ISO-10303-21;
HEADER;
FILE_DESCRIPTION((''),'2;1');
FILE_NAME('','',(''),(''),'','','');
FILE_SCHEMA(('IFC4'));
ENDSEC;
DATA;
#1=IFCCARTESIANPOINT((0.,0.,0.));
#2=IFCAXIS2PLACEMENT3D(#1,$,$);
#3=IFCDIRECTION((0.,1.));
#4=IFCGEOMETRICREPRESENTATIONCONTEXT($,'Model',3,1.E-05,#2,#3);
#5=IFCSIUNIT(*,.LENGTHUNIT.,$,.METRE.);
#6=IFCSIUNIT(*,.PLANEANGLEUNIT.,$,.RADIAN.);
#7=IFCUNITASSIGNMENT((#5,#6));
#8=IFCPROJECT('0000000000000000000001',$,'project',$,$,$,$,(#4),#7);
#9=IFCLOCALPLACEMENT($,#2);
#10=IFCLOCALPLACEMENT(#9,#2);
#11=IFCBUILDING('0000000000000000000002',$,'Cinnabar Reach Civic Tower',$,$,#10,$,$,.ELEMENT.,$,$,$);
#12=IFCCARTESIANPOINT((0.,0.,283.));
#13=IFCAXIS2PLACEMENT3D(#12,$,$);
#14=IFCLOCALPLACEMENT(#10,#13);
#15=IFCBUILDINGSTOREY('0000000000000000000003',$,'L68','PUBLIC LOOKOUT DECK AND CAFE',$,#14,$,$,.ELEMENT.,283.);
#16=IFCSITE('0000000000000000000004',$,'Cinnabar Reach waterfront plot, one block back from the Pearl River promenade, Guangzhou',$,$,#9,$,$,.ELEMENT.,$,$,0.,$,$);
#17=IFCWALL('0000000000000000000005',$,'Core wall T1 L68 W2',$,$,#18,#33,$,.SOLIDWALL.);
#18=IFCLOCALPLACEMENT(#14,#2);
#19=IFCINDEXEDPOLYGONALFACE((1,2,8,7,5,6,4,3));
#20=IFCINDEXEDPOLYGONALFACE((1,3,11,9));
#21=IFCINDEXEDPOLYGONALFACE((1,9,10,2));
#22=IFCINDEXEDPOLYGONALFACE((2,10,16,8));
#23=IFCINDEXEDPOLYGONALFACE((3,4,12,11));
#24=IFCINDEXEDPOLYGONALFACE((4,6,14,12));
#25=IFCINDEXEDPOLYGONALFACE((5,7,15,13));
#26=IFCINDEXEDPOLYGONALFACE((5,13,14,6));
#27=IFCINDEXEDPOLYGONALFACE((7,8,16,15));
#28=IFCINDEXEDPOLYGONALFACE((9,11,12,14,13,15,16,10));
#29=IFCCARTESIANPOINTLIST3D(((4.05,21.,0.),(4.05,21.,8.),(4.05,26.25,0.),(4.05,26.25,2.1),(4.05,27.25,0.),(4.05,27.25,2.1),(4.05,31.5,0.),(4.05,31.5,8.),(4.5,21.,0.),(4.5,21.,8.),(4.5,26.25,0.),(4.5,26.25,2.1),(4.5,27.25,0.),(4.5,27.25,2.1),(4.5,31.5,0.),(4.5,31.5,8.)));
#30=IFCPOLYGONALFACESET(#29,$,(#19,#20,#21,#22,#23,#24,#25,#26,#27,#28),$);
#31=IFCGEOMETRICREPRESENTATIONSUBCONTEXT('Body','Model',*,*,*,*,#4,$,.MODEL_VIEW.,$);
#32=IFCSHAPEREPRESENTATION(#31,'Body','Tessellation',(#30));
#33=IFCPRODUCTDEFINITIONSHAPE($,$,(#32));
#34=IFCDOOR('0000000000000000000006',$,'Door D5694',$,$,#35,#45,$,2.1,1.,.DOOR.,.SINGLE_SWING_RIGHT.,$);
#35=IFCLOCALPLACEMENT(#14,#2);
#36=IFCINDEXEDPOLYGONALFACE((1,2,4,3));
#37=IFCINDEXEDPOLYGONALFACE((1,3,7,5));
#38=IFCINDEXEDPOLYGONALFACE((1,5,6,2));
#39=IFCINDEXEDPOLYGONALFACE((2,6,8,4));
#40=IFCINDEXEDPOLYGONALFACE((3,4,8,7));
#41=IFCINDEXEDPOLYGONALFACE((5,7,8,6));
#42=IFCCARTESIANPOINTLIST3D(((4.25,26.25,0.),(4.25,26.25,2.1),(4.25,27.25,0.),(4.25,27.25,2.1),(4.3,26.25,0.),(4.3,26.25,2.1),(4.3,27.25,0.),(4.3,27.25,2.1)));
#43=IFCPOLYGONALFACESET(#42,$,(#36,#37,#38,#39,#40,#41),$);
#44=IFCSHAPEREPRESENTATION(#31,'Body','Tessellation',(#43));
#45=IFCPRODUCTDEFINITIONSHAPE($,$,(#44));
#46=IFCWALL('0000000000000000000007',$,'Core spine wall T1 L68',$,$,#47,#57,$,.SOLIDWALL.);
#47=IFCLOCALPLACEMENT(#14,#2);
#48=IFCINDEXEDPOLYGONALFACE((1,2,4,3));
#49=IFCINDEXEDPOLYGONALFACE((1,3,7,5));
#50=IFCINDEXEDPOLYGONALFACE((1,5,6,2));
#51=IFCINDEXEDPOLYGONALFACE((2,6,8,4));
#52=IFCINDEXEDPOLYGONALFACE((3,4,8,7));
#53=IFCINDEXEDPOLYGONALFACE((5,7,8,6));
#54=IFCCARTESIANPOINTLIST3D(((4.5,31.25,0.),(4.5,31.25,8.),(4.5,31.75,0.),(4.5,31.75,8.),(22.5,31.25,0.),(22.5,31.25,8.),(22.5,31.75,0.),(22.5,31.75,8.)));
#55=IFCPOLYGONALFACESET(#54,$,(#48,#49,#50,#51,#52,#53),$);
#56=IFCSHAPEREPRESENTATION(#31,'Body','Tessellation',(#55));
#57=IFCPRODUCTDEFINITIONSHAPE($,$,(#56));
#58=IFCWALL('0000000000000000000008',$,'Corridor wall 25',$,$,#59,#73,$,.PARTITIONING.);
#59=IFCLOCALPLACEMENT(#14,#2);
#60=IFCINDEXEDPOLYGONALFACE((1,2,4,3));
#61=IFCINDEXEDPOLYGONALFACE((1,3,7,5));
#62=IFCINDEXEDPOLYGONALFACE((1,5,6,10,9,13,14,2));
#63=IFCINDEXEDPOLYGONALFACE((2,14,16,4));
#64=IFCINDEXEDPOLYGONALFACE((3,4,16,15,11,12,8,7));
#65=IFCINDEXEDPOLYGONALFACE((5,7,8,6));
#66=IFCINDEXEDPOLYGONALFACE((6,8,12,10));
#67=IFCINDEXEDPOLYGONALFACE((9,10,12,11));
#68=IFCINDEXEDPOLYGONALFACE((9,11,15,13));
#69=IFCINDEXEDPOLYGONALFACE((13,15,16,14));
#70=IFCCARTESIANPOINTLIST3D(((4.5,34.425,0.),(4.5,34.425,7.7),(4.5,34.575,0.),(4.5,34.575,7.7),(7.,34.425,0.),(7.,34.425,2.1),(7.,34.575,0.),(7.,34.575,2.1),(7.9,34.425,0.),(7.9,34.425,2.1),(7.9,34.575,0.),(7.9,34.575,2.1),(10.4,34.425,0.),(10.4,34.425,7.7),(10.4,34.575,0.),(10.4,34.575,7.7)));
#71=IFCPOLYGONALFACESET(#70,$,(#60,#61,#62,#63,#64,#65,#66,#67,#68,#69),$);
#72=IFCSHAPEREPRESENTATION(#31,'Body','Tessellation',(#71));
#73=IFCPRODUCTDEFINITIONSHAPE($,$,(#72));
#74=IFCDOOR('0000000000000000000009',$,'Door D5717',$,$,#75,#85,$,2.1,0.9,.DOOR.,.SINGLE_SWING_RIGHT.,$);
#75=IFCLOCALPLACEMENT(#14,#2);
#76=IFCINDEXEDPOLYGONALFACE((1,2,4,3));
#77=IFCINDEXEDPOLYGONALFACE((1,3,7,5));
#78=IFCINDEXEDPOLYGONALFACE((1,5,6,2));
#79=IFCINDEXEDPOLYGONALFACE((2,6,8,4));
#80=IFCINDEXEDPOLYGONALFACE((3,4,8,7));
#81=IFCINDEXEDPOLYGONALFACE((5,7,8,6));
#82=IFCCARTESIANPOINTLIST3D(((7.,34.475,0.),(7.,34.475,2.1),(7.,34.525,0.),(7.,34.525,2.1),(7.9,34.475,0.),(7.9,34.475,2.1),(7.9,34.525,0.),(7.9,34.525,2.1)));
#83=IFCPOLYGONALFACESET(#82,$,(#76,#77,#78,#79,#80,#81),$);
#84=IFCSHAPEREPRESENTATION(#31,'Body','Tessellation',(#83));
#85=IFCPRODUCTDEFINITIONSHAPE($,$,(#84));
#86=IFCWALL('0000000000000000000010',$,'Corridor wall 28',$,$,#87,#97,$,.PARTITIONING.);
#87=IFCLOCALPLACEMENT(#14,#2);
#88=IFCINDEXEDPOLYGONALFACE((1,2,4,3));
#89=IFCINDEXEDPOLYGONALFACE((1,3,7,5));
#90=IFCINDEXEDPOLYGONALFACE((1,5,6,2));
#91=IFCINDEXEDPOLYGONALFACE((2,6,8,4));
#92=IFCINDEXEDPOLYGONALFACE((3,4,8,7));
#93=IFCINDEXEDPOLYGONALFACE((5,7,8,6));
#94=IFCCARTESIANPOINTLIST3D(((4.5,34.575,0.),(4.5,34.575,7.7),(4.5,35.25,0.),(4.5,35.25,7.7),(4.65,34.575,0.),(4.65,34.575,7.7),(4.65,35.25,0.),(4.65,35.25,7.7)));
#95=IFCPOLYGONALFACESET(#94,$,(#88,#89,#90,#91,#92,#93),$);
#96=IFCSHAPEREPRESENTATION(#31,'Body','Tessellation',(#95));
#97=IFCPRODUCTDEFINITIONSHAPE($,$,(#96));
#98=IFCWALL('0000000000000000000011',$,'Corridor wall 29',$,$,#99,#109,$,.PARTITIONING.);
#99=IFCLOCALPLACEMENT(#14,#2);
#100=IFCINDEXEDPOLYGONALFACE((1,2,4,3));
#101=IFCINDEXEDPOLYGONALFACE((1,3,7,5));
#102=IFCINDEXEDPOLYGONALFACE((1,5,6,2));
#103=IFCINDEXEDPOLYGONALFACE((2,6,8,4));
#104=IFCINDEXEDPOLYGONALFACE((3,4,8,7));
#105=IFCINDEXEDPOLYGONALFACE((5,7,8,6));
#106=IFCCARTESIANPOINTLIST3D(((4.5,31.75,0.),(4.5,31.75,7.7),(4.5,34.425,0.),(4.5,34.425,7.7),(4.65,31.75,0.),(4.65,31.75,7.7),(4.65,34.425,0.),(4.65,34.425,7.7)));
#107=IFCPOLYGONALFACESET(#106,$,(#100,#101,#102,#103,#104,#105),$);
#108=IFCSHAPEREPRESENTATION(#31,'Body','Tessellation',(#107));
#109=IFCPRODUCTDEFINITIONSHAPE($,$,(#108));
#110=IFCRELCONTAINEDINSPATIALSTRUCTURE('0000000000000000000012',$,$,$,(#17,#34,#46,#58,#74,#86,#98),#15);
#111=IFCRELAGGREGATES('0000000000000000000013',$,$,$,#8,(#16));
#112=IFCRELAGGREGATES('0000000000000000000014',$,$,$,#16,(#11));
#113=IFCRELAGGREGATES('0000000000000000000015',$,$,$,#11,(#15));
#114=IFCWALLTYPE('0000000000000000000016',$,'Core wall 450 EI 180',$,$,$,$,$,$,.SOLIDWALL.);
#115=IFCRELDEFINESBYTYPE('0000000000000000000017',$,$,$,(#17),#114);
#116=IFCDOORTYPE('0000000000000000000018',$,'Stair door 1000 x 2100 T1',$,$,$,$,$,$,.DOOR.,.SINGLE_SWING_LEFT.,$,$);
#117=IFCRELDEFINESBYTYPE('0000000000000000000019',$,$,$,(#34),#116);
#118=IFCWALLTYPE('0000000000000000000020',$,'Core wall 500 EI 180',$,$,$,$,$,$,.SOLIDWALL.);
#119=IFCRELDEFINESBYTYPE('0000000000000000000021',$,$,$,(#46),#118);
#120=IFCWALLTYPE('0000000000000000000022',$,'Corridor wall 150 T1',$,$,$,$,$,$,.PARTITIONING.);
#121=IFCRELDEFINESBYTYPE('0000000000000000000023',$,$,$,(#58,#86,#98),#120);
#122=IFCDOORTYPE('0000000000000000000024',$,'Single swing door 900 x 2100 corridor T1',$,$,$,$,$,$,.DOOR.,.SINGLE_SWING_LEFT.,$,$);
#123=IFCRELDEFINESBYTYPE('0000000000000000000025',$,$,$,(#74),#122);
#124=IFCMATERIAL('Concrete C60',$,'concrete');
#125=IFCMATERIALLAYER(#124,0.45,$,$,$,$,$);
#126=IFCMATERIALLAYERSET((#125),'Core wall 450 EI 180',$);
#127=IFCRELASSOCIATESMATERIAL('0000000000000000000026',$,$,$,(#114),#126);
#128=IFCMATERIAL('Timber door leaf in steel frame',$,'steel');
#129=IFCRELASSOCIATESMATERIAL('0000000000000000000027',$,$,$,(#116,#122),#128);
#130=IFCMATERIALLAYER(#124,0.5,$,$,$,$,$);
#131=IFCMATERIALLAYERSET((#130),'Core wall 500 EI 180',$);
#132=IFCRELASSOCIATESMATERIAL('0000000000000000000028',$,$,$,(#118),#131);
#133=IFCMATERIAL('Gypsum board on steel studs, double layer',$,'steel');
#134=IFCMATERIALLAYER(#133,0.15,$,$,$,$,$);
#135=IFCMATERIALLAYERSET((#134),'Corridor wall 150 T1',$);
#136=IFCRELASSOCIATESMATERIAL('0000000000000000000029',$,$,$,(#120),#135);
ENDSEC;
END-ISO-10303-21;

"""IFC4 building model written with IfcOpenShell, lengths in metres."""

from ifc_helpers import new_model, si_unit, direction, frame, frame_2d, origin, place, context, subcontext, project, spatial, rectangle, extrude, material, layer, layer_set, type_object, element, fill, save


model = new_model("IFC4")

# Units and contexts
model_context = context("Model", 3, precision=1e-05, world=origin(), true_north=direction((0.0, 1.0)))
body_context = subcontext(model_context, "Body", "Model", "MODEL_VIEW")
ifc_project = project(units=[si_unit("LENGTHUNIT", "METRE"), si_unit("PLANEANGLEUNIT", "RADIAN")], contexts=[model_context])

# Site, building, storey
site_placement = place(None, origin())
site = spatial("IfcSite", under=ifc_project, at=site_placement, Name="Cinnabar Reach waterfront plot, one block back from the Pearl River promenade, Guangzhou", CompositionType="ELEMENT", RefElevation=0.0)
building_placement = place(site_placement, origin())
building = spatial("IfcBuilding", under=site, at=building_placement, Name="Cinnabar Reach Civic Tower", CompositionType="ELEMENT")
storey_placement = place(building_placement, frame((0.0, 0.0, 283.0)))
storey = spatial("IfcBuildingStorey", under=building, at=storey_placement, Name="L68", Description="PUBLIC LOOKOUT DECK AND CAFE", CompositionType="ELEMENT", Elevation=283.0)

# Wall, opening, door
ifc_material_1 = material(Name="Concrete C60", Category="concrete")
ifc_layer_1 = layer(ifc_material_1, 0.45)
ifc_layer_set_1 = layer_set([ifc_layer_1], Name="Core wall 450 EI 180")
wall_type_1 = type_object("IfcWallType", Name="Core wall 450 EI 180", PredefinedType="SOLIDWALL", material=ifc_layer_set_1)
wall_1_placement = place(storey_placement, frame((4.275, 31.5, 0.0), z_axis=(0.0, 0.0, 1.0), x_axis=(0.0, -1.0, 0.0)))
wall_1 = element("IfcWall", 1, at=wall_1_placement, inside=storey, type_object=wall_type_1, Name="Core wall T1 L68 W2", PredefinedType="SOLIDWALL", context=body_context, shape_type="SweptSolid", body=[
    extrude(rectangle(XDim=10.5, YDim=0.45, at=frame_2d((5.25, 0.0))), origin(), (0.0, 0.0, 1.0), 8.0),
])
opening_1_placement = place(wall_1_placement, frame((4.25, 0.0, 0.0)))
opening_1 = element("IfcOpeningElement", 2, at=opening_1_placement, cuts=wall_1, PredefinedType="OPENING", context=body_context, shape_type="SweptSolid", body=[
    extrude(rectangle(XDim=1.0, YDim=2.1, at=frame_2d((0.5, 1.05))), frame((0.0, 0.235, 0.0), z_axis=(0.0, -1.0, 0.0), x_axis=(1.0, 0.0, 0.0)), (0.0, 0.0, 1.0), 0.47),
])
ifc_material_2 = material(Name="Timber door leaf in steel frame", Category="steel")
door_type_1 = type_object("IfcDoorType", Name="Stair door 1000 x 2100 T1", OperationType="SINGLE_SWING_LEFT", PredefinedType="DOOR", material=ifc_material_2)
door_1_placement = place(opening_1_placement, frame((1.0, 0.0, 0.0), z_axis=(0.0, 0.0, 1.0), x_axis=(-1.0, 0.0, 0.0)))
door_1 = element("IfcDoor", 3, at=door_1_placement, inside=storey, type_object=door_type_1, Name="Door D5694", OperationType="SINGLE_SWING_RIGHT", OverallHeight=2.1, OverallWidth=1.0, PredefinedType="DOOR", context=body_context, shape_type="SweptSolid", body=[
    extrude(rectangle(XDim=1.0, YDim=2.1, at=frame_2d((0.5, 1.05))), frame((0.0, 0.025, 0.0), z_axis=(0.0, -1.0, 0.0), x_axis=(1.0, 0.0, 0.0)), (0.0, 0.0, 1.0), 0.05),
])
fill(opening_1, door_1)

# Wall
ifc_layer_2 = layer(ifc_material_1, 0.5)
ifc_layer_set_2 = layer_set([ifc_layer_2], Name="Core wall 500 EI 180")
wall_type_2 = type_object("IfcWallType", Name="Core wall 500 EI 180", PredefinedType="SOLIDWALL", material=ifc_layer_set_2)
wall_2_placement = place(storey_placement, frame((4.5, 31.5, 0.0), z_axis=(0.0, 0.0, 1.0), x_axis=(1.0, 0.0, 0.0)))
element("IfcWall", 4, at=wall_2_placement, inside=storey, type_object=wall_type_2, Name="Core spine wall T1 L68", PredefinedType="SOLIDWALL", context=body_context, shape_type="SweptSolid", body=[
    extrude(rectangle(XDim=18.0, YDim=0.5, at=frame_2d((9.0, 0.0))), origin(), (0.0, 0.0, 1.0), 8.0),
])

# Wall, opening, door
ifc_material_3 = material(Name="Gypsum board on steel studs, double layer", Category="steel")
ifc_layer_3 = layer(ifc_material_3, 0.15)
ifc_layer_set_3 = layer_set([ifc_layer_3], Name="Corridor wall 150 T1")
wall_type_3 = type_object("IfcWallType", Name="Corridor wall 150 T1", PredefinedType="PARTITIONING", material=ifc_layer_set_3)
wall_3_placement = place(storey_placement, frame((4.5, 34.5, 0.0), z_axis=(0.0, 0.0, 1.0), x_axis=(1.0, 0.0, 0.0)))
wall_3 = element("IfcWall", 5, at=wall_3_placement, inside=storey, type_object=wall_type_3, Name="Corridor wall 25", PredefinedType="PARTITIONING", context=body_context, shape_type="SweptSolid", body=[
    extrude(rectangle(XDim=5.9, YDim=0.15, at=frame_2d((2.95, 0.0))), origin(), (0.0, 0.0, 1.0), 7.7),
])
opening_2_placement = place(wall_3_placement, frame((2.5, 0.0, 0.0)))
opening_2 = element("IfcOpeningElement", 6, at=opening_2_placement, cuts=wall_3, PredefinedType="OPENING", context=body_context, shape_type="SweptSolid", body=[
    extrude(rectangle(XDim=0.9, YDim=2.1, at=frame_2d((0.45, 1.05))), frame((0.0, 0.085, 0.0), z_axis=(0.0, -1.0, 0.0), x_axis=(1.0, 0.0, 0.0)), (0.0, 0.0, 1.0), 0.17),
])
door_type_2 = type_object("IfcDoorType", Name="Single swing door 900 x 2100 corridor T1", OperationType="SINGLE_SWING_LEFT", PredefinedType="DOOR", material=ifc_material_2)
door_2_placement = place(opening_2_placement, frame((0.9, 0.0, 0.0), z_axis=(0.0, 0.0, 1.0), x_axis=(-1.0, 0.0, 0.0)))
door_2 = element("IfcDoor", 7, at=door_2_placement, inside=storey, type_object=door_type_2, Name="Door D5717", OperationType="SINGLE_SWING_RIGHT", OverallHeight=2.1, OverallWidth=0.9, PredefinedType="DOOR", context=body_context, shape_type="SweptSolid", body=[
    extrude(rectangle(XDim=0.9, YDim=2.1, at=frame_2d((0.45, 1.05))), frame((0.0, 0.025, 0.0), z_axis=(0.0, -1.0, 0.0), x_axis=(1.0, 0.0, 0.0)), (0.0, 0.0, 1.0), 0.05),
])
fill(opening_2, door_2)

# Walls
wall_4_placement = place(storey_placement, frame((4.575, 34.575, 0.0), z_axis=(0.0, 0.0, 1.0), x_axis=(0.0, 1.0, 0.0)))
element("IfcWall", 8, at=wall_4_placement, inside=storey, type_object=wall_type_3, Name="Corridor wall 28", PredefinedType="PARTITIONING", context=body_context, shape_type="SweptSolid", body=[
    extrude(rectangle(XDim=0.675, YDim=0.15, at=frame_2d((0.3375, 0.0))), origin(), (0.0, 0.0, 1.0), 7.7),
])
wall_5_placement = place(storey_placement, frame((4.575, 31.75, 0.0), z_axis=(0.0, 0.0, 1.0), x_axis=(0.0, 1.0, 0.0)))
element("IfcWall", 9, at=wall_5_placement, inside=storey, type_object=wall_type_3, Name="Corridor wall 29", PredefinedType="PARTITIONING", context=body_context, shape_type="SweptSolid", body=[
    extrude(rectangle(XDim=2.675, YDim=0.15, at=frame_2d((1.3375, 0.0))), origin(), (0.0, 0.0, 1.0), 7.7),
])

save(model, "model.ifc")
